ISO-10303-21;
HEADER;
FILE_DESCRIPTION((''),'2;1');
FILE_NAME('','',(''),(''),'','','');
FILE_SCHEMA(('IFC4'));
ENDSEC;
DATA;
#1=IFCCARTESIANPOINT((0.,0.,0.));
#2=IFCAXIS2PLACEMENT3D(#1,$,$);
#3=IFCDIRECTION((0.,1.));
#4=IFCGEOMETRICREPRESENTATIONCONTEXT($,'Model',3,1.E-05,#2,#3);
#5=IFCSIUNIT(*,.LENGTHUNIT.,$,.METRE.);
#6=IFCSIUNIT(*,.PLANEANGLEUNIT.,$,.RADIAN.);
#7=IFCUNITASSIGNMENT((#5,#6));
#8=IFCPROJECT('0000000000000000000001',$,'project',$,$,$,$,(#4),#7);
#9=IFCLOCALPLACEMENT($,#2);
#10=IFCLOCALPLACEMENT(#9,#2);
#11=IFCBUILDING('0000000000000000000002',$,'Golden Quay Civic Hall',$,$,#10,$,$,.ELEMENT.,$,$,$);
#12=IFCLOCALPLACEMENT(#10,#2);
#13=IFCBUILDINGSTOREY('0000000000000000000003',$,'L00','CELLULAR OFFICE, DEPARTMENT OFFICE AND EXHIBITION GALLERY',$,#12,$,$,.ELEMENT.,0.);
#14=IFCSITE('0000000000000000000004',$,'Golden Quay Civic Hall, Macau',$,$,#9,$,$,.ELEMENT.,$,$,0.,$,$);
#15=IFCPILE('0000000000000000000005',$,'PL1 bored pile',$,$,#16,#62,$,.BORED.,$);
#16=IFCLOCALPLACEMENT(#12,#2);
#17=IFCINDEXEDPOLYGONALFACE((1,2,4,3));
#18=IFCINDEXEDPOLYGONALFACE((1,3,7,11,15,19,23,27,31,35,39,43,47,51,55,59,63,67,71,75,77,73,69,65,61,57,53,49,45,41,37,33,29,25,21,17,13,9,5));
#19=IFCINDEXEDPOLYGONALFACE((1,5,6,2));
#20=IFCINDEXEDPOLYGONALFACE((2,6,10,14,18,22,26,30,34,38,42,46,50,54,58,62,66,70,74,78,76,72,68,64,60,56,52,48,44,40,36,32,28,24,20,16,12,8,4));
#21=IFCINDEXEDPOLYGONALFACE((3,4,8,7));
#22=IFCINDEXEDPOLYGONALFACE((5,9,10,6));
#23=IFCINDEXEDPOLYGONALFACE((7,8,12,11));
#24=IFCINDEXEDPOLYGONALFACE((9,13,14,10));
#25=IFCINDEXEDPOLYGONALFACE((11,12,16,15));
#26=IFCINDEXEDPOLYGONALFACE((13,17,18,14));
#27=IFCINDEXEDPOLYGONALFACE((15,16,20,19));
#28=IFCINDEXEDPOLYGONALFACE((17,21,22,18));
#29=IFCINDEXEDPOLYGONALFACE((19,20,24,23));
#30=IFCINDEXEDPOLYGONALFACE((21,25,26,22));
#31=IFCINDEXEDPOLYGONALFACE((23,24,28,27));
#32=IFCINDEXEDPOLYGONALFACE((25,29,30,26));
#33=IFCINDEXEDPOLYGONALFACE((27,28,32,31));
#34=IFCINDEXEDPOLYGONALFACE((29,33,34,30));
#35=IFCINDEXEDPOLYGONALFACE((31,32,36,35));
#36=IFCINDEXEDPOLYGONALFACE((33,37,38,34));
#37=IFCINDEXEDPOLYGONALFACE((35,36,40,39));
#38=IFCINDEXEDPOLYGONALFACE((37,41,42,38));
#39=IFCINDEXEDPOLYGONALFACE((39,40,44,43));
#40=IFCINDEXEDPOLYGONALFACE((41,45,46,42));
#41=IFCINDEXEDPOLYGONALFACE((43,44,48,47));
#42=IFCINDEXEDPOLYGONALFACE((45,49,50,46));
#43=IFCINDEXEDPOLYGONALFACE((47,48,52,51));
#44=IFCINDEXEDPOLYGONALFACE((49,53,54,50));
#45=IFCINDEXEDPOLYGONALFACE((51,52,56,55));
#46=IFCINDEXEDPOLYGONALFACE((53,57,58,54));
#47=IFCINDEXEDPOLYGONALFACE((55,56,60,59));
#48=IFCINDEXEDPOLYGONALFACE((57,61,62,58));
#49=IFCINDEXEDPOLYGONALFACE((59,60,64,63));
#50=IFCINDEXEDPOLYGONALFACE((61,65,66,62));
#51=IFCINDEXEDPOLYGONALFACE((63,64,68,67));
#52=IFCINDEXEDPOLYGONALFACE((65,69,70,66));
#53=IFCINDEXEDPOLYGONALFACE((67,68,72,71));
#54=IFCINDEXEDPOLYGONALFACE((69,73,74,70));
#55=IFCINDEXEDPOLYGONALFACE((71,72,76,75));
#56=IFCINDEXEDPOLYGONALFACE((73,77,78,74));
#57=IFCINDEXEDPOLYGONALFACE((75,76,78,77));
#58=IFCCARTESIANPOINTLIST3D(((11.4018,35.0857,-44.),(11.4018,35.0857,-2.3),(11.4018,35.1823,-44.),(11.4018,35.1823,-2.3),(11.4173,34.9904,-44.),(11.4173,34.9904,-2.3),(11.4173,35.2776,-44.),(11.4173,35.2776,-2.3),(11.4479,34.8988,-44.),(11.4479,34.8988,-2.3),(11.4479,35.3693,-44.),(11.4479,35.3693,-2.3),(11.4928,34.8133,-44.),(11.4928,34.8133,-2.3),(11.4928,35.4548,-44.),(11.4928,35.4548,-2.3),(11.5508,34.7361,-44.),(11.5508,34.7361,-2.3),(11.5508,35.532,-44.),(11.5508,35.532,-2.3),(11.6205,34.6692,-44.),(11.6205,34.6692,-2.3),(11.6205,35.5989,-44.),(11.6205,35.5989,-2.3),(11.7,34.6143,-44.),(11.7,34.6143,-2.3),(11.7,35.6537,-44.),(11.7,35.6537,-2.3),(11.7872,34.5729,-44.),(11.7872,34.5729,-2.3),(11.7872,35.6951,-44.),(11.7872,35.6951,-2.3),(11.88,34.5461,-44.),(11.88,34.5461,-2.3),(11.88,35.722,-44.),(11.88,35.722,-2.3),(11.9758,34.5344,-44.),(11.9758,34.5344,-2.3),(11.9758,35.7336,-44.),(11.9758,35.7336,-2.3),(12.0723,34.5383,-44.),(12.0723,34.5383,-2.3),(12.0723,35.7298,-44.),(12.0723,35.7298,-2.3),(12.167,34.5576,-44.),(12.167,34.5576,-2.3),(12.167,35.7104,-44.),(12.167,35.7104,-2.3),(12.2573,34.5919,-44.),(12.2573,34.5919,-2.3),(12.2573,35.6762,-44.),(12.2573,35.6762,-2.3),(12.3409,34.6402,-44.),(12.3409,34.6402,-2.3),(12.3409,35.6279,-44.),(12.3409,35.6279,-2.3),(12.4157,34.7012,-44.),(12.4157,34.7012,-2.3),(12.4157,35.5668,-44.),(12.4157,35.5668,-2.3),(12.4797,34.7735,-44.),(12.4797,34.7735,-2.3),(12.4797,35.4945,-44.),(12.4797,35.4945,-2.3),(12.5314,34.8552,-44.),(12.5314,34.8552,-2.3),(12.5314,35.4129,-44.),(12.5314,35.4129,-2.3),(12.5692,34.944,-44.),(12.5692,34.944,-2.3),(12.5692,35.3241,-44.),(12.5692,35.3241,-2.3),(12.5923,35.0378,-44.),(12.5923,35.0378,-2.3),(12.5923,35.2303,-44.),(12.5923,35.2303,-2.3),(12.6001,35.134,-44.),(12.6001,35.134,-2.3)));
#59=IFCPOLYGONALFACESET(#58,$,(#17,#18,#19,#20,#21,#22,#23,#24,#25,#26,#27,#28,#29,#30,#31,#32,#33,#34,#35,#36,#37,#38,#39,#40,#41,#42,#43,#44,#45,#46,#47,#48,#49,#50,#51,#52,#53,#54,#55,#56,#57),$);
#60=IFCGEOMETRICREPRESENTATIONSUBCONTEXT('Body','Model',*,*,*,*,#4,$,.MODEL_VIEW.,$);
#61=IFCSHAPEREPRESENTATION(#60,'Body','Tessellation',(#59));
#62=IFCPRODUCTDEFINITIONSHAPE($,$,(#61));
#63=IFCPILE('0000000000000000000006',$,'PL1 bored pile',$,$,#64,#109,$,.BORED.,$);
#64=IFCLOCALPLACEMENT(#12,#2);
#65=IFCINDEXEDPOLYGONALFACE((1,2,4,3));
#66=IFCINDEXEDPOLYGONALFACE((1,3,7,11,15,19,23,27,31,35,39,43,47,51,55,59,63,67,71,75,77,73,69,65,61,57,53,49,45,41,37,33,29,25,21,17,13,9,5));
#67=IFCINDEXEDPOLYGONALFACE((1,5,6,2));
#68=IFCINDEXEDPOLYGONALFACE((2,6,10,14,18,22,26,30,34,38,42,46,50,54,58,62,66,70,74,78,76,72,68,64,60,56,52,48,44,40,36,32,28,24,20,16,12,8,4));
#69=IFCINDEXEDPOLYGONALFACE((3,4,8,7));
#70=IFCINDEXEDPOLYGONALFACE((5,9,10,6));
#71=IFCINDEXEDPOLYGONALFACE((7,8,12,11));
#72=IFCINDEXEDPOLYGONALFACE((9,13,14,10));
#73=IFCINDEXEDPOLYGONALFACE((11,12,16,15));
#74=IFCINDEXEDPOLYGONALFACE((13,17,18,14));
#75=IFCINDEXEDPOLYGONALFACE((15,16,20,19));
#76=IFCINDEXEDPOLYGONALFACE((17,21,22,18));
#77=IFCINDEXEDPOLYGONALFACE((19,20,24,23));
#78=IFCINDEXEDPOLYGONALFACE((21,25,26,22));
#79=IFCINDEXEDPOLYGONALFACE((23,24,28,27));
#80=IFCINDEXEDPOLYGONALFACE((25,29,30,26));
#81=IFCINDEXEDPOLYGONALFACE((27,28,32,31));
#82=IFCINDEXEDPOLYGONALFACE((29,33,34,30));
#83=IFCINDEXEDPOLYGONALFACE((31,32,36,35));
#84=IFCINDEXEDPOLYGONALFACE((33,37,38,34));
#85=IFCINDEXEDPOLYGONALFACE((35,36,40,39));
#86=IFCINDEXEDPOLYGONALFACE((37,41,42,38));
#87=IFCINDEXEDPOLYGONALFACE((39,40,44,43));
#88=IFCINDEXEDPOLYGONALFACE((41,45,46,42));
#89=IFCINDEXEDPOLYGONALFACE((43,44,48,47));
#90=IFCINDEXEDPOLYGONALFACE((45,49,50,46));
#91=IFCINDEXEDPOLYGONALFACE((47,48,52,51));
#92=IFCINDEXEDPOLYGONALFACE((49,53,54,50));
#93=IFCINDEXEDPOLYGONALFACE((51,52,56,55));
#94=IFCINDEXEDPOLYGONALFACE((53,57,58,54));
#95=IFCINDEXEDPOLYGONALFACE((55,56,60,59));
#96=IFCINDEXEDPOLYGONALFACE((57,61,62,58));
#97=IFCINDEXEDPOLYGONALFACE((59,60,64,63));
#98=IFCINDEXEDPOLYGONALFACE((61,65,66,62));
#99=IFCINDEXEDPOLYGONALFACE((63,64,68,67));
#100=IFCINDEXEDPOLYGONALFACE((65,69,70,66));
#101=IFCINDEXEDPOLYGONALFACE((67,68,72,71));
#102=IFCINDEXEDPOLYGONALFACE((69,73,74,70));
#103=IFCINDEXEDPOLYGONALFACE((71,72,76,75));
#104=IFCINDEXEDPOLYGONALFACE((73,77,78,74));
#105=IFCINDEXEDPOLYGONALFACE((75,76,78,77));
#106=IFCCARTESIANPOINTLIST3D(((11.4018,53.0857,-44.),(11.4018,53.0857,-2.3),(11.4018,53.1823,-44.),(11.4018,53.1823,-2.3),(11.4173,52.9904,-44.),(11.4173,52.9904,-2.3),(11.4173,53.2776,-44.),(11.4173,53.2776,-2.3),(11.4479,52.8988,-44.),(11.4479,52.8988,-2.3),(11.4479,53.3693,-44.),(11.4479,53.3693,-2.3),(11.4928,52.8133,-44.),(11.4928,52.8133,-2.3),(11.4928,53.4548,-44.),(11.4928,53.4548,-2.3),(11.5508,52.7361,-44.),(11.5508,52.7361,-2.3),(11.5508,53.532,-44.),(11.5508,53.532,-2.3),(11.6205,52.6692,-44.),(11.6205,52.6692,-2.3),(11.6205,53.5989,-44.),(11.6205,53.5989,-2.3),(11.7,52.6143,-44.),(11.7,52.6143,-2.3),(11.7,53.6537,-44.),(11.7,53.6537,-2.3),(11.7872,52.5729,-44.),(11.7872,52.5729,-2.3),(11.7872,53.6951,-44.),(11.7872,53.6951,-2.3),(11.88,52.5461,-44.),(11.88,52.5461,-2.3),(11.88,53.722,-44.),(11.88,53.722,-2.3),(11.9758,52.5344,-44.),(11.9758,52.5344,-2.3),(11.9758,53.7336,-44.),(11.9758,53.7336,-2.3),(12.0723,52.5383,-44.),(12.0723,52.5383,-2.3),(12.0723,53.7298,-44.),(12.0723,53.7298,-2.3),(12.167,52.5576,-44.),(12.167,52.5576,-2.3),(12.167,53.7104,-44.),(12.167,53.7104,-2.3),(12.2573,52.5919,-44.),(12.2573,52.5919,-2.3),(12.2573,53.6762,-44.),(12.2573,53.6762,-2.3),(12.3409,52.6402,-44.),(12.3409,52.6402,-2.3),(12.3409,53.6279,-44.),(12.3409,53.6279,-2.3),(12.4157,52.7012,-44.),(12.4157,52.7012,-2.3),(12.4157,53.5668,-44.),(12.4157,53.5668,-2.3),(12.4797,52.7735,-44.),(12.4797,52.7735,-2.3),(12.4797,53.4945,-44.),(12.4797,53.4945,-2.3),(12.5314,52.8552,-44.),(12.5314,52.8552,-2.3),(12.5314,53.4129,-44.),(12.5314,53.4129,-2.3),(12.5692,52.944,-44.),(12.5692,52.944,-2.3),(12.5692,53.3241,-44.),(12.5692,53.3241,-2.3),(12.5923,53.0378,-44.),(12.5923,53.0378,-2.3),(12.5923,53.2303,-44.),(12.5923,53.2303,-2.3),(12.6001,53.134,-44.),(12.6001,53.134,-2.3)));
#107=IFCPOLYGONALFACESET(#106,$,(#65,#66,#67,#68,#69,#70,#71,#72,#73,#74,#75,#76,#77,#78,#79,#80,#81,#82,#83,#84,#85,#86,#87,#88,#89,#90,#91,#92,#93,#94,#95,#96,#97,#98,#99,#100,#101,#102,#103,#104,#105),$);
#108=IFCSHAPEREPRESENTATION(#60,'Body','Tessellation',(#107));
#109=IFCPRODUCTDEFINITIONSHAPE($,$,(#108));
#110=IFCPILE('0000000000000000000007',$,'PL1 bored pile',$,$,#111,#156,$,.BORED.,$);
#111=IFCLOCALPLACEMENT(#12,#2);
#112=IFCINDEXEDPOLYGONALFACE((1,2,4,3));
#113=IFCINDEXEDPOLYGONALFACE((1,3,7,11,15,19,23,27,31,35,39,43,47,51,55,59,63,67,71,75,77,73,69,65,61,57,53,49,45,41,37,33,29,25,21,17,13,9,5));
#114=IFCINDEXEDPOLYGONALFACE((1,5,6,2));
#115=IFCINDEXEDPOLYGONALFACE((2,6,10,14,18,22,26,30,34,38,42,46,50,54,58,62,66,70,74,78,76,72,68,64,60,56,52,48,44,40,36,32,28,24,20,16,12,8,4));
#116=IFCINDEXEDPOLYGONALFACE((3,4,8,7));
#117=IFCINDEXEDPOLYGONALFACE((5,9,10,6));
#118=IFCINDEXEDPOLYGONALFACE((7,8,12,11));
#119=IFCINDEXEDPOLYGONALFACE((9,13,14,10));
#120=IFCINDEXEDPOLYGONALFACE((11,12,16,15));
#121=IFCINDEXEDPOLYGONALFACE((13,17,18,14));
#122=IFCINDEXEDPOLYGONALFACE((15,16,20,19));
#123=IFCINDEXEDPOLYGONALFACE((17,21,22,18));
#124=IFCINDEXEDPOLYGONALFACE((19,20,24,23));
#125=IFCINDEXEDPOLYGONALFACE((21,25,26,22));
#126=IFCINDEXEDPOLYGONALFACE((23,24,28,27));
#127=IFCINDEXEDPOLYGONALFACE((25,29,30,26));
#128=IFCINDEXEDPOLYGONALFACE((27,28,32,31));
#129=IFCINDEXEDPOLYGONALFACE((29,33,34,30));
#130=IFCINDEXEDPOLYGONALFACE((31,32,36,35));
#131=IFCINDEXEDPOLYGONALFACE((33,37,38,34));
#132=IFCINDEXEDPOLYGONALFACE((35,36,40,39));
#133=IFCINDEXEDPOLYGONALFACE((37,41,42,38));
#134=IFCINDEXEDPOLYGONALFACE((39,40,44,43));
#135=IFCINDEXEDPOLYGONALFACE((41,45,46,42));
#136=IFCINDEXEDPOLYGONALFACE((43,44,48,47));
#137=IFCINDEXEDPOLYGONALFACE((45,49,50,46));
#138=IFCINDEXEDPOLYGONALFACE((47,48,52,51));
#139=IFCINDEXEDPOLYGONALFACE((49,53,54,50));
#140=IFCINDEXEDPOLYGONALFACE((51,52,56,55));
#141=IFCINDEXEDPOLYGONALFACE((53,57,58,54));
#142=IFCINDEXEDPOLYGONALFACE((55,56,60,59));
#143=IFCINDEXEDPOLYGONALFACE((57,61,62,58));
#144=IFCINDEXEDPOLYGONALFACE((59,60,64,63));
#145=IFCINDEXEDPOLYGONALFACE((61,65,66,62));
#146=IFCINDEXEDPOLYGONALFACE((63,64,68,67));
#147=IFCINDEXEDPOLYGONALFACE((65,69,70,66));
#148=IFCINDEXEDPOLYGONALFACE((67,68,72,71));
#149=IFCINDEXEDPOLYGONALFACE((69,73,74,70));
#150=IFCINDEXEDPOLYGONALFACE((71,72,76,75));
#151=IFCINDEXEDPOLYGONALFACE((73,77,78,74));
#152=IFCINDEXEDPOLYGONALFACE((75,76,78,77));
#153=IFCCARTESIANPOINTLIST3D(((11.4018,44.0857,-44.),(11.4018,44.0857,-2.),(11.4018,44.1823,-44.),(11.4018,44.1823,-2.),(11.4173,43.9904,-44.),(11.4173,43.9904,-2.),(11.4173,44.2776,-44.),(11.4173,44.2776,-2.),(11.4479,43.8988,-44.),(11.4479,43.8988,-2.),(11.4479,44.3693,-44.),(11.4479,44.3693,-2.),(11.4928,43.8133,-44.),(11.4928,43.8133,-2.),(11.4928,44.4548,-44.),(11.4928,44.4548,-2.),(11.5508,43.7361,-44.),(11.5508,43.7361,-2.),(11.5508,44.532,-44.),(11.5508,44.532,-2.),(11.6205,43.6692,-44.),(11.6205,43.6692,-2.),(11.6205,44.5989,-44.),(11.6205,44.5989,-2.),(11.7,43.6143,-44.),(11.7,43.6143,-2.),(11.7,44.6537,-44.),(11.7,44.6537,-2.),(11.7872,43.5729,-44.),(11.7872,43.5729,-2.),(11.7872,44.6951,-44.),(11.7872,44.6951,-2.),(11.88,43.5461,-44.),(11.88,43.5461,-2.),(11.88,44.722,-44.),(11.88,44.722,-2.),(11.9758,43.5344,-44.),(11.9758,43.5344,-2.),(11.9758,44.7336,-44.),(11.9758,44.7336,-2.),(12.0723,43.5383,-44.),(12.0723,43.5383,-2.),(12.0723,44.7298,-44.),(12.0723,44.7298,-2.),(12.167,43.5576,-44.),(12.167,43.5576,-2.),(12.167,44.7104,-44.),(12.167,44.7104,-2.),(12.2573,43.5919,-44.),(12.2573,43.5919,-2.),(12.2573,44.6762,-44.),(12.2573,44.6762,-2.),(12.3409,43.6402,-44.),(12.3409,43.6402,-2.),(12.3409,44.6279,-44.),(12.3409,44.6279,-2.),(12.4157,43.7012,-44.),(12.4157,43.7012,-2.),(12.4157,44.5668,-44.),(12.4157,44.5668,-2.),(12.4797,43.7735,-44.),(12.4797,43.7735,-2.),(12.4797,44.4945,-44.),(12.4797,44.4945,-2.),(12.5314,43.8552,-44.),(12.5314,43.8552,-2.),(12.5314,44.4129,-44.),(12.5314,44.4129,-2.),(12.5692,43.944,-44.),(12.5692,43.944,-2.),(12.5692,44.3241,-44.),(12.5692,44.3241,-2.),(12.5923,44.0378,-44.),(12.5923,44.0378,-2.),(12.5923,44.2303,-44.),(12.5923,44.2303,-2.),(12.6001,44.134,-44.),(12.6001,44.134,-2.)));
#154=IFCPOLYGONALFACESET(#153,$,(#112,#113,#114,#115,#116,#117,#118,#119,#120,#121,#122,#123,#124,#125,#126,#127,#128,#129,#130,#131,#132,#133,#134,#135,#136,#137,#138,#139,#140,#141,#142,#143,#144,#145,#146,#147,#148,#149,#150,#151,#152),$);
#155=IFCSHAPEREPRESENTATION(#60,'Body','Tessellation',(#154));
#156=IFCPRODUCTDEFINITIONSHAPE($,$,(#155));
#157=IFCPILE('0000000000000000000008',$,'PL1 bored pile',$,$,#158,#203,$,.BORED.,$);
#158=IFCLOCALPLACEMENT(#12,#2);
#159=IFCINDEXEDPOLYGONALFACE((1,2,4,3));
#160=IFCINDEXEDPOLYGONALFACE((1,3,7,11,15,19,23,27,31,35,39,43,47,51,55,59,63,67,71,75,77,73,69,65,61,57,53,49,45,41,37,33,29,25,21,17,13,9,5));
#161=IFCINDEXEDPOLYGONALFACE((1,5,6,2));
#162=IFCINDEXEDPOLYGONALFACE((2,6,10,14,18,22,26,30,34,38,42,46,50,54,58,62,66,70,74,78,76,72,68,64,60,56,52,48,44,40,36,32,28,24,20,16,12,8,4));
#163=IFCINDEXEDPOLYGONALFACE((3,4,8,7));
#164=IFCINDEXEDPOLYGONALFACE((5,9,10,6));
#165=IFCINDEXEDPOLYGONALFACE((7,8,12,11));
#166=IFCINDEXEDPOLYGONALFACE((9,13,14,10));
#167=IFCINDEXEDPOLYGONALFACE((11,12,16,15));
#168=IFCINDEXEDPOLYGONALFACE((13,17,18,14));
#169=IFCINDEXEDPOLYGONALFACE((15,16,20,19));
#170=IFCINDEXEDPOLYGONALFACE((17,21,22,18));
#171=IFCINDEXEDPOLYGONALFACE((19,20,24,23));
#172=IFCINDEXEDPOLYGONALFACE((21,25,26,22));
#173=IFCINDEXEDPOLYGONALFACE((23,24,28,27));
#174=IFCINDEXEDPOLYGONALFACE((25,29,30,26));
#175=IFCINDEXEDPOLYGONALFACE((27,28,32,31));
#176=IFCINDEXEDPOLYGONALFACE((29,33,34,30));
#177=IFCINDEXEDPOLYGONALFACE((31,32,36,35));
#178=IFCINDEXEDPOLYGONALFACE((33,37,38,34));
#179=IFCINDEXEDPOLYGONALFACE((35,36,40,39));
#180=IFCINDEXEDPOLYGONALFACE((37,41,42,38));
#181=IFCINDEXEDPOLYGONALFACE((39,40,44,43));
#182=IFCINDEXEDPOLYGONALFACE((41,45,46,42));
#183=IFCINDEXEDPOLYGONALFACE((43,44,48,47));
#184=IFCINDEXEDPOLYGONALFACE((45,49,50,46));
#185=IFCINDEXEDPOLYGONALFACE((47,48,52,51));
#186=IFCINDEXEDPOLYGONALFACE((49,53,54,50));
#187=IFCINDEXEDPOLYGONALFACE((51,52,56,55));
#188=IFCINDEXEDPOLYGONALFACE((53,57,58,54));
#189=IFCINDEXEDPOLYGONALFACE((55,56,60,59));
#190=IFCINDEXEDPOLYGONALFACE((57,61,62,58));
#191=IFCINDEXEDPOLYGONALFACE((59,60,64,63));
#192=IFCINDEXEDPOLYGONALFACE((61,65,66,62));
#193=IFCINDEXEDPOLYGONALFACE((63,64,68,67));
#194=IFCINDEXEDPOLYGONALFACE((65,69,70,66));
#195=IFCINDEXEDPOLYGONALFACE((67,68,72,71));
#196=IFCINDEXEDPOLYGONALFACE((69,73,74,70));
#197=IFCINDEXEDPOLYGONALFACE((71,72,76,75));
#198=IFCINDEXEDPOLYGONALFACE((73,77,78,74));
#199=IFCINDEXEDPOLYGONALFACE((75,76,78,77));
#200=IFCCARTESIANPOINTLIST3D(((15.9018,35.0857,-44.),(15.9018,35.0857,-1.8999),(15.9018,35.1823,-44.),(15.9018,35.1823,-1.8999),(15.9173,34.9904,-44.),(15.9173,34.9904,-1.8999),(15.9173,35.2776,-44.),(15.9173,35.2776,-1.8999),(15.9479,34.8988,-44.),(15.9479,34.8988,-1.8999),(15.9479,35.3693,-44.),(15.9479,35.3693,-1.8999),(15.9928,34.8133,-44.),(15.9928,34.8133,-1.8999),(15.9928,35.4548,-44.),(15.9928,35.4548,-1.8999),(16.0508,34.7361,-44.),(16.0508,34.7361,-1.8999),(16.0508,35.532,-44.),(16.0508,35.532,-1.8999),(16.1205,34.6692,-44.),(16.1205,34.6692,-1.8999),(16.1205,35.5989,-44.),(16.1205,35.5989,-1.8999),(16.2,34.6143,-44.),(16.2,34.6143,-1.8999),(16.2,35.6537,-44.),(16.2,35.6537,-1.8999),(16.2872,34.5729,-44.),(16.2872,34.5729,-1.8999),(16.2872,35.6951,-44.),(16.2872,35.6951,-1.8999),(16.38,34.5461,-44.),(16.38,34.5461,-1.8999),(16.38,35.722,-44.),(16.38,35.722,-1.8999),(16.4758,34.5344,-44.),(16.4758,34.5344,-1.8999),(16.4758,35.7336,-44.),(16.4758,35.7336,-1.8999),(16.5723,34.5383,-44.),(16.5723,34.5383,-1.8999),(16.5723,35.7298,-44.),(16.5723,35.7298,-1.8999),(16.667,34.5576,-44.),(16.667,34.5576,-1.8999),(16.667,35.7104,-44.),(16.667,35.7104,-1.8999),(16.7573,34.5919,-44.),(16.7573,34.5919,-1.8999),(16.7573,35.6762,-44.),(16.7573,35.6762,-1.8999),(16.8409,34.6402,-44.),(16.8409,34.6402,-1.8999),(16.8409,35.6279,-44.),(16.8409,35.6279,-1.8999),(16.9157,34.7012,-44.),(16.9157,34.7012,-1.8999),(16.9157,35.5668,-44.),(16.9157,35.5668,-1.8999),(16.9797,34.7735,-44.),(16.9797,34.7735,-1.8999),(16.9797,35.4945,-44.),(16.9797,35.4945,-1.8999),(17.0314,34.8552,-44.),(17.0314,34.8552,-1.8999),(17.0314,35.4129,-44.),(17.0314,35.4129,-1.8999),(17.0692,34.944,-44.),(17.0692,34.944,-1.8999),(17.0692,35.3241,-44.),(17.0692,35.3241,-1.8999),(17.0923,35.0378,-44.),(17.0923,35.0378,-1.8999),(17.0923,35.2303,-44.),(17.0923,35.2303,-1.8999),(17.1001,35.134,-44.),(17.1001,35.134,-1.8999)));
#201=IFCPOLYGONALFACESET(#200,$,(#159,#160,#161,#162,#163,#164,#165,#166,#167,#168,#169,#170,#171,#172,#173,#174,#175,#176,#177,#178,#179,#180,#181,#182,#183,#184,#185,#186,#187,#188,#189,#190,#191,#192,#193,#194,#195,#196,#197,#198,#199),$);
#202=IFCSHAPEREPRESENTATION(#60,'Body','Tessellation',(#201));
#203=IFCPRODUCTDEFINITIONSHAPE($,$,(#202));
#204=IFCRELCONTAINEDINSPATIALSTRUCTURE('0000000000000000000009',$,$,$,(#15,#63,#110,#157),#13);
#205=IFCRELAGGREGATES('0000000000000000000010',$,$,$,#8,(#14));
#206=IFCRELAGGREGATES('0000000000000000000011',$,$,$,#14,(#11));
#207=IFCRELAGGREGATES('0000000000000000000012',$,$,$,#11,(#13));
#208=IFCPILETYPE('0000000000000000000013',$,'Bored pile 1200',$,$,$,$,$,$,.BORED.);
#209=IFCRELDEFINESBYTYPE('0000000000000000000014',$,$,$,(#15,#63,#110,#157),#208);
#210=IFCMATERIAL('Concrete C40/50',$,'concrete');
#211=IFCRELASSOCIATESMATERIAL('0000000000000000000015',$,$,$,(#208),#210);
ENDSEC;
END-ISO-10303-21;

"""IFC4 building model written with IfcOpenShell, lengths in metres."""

from ifc_helpers import new_model, si_unit, direction, frame, origin, origin_2d, place, context, subcontext, project, spatial, circle, extrude, material, material_profile, profile_set, type_object, element, save


model = new_model("IFC4")

# Units and contexts
model_context = context("Model", 3, precision=1e-05, world=origin(), true_north=direction((0.0, 1.0)))
body_context = subcontext(model_context, "Body", "Model", "MODEL_VIEW")
ifc_project = project(units=[si_unit("LENGTHUNIT", "METRE"), si_unit("PLANEANGLEUNIT", "RADIAN")], contexts=[model_context])

# Site, building, storey
site_placement = place(None, origin())
site = spatial("IfcSite", under=ifc_project, at=site_placement, Name="Golden Quay Civic Hall, Macau", CompositionType="ELEMENT", RefElevation=0.0)
building_placement = place(site_placement, origin())
building = spatial("IfcBuilding", under=site, at=building_placement, Name="Golden Quay Civic Hall", CompositionType="ELEMENT")
storey_placement = place(building_placement, origin())
storey = spatial("IfcBuildingStorey", under=building, at=storey_placement, Name="L00", Description="CELLULAR OFFICE, DEPARTMENT OFFICE AND EXHIBITION GALLERY", CompositionType="ELEMENT", Elevation=0.0)

# Piles
ifc_material_1 = material(Name="Concrete C40/50", Category="concrete")
ifc_material_profile_1 = material_profile(ifc_material_1, circle(Radius=0.6001, at=origin_2d()), Name="RC D1200")
ifc_profile_set_1 = profile_set([ifc_material_profile_1], Name="Concrete C40/50")
pile_type = type_object("IfcPileType", Name="Bored pile 1200", PredefinedType="BORED", material=ifc_profile_set_1)
for number, where, z_axis, x_axis, name in (
    (1, (12.0, 35.134, -2.3), (0.0, 0.0, -1.0), (1.0, 0.0, 0.0), "PL1 bored pile"),
    (2, (12.0, 53.134, -2.3), (0.0, 0.0, -1.0), (1.0, 0.0, 0.0), "PL1 bored pile"),
):
    element("IfcPile", number, at=place(storey_placement, frame(where, z_axis=z_axis, x_axis=x_axis)), inside=storey, type_object=pile_type, Name=name, PredefinedType="BORED", context=body_context, shape_type="SweptSolid", body=[
        extrude(circle(Radius=0.6001, at=origin_2d()), origin(), (0.0, 0.0, 1.0), 41.7),
    ])
pile_placement = place(storey_placement, frame((12.0, 44.134, -2.0), z_axis=(0.0, 0.0, -1.0), x_axis=(1.0, 0.0, 0.0)))
element("IfcPile", 3, at=pile_placement, inside=storey, type_object=pile_type, Name="PL1 bored pile", PredefinedType="BORED", context=body_context, shape_type="SweptSolid", body=[
    extrude(circle(Radius=0.6001, at=origin_2d()), origin(), (0.0, 0.0, 1.0), 42.0),
])
for number, where, z_axis, x_axis, name in (
    (4, (16.5, 35.134, -1.8999), (0.0, 0.0, -1.0), (1.0, 0.0, 0.0), "PL1 bored pile"),
):
    element("IfcPile", number, at=place(storey_placement, frame(where, z_axis=z_axis, x_axis=x_axis)), inside=storey, type_object=pile_type, Name=name, PredefinedType="BORED", context=body_context, shape_type="SweptSolid", body=[
        extrude(circle(Radius=0.6001, at=origin_2d()), origin(), (0.0, 0.0, 1.0), 42.1001),
    ])

save(model, "model.ifc")
